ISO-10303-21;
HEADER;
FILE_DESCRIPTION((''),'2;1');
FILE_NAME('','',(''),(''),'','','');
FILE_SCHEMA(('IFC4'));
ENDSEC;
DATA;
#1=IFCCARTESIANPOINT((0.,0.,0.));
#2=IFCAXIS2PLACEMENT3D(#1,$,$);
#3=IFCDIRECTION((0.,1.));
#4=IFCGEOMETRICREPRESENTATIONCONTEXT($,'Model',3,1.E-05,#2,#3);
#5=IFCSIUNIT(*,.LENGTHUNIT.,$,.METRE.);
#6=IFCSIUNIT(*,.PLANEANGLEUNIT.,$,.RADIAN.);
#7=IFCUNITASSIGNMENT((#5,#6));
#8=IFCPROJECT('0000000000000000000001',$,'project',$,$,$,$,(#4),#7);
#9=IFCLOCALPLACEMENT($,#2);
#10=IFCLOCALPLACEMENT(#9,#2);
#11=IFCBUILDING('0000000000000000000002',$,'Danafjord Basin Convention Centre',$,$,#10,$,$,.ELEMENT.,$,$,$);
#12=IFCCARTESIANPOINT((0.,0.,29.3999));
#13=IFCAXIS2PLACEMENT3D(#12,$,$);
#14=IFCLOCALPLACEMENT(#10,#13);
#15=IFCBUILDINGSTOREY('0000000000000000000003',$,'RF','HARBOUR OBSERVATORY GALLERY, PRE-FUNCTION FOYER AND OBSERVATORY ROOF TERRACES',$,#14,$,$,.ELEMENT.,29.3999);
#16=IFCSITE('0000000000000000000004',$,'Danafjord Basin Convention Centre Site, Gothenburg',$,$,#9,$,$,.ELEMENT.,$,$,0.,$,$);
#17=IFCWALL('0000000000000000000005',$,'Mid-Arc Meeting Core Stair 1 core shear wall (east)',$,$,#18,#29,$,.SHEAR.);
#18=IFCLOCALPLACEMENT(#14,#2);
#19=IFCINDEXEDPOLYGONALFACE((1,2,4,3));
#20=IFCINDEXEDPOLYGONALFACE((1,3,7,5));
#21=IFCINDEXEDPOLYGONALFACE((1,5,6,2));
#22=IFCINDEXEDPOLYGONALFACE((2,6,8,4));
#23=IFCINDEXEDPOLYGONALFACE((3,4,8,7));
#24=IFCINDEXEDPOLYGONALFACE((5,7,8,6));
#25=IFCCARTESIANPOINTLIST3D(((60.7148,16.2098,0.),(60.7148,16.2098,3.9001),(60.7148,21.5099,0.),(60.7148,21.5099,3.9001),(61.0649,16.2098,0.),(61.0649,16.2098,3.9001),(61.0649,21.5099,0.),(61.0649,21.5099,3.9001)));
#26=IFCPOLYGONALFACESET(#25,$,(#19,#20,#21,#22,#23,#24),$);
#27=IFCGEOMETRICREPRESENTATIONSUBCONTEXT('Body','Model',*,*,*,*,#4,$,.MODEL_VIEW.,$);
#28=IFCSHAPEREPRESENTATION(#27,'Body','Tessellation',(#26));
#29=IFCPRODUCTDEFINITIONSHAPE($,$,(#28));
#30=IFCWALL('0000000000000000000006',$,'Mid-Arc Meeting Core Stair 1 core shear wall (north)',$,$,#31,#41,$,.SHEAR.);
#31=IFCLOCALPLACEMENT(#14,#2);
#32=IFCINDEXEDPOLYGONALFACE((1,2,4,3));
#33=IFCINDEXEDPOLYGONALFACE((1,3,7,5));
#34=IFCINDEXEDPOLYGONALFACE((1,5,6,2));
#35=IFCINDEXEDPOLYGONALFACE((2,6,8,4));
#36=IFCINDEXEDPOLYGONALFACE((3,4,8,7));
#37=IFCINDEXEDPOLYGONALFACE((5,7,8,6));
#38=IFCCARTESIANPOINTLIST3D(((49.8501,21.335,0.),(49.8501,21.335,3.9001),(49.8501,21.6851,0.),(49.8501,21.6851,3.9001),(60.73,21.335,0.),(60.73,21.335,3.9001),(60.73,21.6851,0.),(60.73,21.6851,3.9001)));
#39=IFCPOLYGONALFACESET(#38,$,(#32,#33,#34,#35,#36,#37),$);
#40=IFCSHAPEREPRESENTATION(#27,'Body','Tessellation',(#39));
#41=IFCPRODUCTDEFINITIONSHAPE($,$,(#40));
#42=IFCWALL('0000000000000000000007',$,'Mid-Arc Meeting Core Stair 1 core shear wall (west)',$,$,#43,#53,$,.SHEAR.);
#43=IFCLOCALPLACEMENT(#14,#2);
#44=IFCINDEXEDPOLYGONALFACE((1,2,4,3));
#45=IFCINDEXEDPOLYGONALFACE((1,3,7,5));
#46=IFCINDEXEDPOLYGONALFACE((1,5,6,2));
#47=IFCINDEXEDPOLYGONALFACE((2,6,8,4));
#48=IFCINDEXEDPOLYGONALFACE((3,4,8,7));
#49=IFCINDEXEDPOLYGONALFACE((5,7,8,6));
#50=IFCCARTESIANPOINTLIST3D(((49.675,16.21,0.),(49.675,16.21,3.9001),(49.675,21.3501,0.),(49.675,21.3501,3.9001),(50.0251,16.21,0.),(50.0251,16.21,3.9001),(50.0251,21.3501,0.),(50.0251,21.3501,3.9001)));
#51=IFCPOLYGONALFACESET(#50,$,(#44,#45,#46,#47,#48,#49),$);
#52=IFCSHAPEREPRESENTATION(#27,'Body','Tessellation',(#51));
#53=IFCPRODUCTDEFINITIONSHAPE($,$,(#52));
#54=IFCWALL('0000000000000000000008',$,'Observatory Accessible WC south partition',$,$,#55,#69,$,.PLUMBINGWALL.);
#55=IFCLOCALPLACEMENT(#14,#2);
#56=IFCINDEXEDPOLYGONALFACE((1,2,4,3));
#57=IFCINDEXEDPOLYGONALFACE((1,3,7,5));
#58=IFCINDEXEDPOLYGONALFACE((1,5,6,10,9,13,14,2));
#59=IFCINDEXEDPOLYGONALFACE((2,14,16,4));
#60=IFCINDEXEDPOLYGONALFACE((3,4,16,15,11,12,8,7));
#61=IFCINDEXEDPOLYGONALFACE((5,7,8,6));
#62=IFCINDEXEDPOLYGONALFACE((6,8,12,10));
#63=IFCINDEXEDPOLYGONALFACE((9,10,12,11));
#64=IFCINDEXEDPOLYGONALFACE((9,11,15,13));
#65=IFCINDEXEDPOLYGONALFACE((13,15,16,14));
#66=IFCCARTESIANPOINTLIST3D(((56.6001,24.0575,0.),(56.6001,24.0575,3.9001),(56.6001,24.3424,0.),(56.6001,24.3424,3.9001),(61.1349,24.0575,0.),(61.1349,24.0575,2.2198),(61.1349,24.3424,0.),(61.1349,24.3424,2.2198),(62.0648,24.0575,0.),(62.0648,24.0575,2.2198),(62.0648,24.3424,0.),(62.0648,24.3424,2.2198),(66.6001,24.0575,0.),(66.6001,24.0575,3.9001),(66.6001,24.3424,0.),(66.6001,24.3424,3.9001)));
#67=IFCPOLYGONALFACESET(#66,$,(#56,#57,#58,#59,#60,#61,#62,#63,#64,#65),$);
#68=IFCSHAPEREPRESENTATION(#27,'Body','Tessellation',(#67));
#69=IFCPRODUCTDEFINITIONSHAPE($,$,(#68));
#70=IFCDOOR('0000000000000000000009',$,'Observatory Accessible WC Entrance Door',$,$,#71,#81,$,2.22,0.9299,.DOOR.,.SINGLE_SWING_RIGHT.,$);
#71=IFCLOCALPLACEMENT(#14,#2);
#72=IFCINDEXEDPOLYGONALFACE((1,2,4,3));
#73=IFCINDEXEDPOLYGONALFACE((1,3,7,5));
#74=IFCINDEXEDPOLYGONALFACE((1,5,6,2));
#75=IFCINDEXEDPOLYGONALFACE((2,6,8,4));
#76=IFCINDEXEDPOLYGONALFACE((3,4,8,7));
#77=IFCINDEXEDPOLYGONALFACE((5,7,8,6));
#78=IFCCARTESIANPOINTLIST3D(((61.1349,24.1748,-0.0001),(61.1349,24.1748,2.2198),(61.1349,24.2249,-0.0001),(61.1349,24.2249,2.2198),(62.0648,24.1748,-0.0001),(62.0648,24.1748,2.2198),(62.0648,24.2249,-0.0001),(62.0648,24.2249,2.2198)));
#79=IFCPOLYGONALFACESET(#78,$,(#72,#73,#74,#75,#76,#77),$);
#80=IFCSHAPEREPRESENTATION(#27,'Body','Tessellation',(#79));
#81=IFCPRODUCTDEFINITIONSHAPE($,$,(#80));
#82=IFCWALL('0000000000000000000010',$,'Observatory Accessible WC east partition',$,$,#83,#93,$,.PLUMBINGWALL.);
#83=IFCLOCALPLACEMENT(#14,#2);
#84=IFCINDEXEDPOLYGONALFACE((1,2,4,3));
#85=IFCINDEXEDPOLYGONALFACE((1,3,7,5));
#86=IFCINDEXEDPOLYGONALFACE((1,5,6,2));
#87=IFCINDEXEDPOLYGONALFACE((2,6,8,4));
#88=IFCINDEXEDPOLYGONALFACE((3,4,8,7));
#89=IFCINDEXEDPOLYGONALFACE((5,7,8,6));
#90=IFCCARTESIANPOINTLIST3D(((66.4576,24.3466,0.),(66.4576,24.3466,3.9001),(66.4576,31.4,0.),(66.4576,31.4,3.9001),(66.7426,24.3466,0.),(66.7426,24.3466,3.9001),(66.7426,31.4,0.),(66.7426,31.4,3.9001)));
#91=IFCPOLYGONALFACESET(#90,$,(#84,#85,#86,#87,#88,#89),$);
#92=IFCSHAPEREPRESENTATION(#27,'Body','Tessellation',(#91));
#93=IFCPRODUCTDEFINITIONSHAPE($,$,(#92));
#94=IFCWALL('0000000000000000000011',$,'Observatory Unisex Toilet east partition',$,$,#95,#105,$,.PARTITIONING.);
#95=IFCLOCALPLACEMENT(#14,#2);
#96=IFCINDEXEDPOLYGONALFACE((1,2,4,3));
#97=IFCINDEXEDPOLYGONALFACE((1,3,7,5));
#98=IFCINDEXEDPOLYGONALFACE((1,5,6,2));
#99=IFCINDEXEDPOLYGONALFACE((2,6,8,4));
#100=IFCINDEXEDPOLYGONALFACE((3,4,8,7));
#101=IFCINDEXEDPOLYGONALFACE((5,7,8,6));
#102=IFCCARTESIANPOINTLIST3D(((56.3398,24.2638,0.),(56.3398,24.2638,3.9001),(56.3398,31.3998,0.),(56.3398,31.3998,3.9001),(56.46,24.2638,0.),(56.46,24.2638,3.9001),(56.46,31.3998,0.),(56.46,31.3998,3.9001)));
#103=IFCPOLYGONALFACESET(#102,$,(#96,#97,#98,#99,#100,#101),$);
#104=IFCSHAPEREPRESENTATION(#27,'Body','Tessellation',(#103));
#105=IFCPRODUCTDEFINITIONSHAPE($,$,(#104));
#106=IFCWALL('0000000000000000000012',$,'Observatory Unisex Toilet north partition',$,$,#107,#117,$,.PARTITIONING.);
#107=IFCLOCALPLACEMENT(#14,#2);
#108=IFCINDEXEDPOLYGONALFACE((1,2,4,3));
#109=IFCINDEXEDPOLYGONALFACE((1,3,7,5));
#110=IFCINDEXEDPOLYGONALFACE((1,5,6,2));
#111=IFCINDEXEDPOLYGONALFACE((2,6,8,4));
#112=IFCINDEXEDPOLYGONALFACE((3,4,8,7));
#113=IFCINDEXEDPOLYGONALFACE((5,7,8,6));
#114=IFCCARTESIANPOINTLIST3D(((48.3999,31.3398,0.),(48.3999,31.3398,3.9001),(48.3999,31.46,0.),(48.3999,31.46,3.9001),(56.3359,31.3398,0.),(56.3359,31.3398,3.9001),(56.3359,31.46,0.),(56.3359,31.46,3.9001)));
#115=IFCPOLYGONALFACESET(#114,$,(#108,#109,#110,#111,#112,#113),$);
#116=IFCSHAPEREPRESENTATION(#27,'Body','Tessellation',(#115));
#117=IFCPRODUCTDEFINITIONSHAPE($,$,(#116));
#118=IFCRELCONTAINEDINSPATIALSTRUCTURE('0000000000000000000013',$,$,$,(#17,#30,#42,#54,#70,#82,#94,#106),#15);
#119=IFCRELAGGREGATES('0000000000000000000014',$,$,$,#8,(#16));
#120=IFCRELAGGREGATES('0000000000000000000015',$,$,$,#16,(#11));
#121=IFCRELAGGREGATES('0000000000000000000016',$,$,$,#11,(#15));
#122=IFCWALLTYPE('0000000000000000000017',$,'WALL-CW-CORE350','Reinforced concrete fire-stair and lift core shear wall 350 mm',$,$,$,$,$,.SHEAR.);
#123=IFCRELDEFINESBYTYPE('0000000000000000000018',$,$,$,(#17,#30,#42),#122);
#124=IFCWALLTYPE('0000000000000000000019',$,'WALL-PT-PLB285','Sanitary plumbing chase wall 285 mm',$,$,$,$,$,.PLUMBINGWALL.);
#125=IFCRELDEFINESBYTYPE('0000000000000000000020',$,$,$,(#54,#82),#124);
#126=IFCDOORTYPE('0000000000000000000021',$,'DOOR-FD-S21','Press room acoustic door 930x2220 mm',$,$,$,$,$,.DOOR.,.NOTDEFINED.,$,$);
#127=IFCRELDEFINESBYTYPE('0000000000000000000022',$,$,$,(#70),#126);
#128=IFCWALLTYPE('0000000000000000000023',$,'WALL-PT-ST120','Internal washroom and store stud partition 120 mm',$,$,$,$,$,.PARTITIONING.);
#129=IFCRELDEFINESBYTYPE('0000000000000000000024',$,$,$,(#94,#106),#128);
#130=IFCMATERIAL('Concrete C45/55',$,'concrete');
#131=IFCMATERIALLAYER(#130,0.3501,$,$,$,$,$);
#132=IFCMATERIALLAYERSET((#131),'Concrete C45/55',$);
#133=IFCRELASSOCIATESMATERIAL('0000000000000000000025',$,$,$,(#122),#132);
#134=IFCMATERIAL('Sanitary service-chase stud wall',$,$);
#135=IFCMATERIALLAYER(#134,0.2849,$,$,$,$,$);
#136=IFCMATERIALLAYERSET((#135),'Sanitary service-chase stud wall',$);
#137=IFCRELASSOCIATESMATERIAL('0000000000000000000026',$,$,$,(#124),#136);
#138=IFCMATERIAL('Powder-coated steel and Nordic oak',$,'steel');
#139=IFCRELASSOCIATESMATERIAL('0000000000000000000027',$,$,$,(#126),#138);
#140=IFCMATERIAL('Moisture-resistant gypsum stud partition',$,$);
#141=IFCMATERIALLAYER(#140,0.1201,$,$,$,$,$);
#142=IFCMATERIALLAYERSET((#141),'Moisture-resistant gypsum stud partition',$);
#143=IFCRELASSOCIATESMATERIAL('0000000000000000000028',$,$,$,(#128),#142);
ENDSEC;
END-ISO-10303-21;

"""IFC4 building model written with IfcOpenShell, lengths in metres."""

from ifc_helpers import new_model, si_unit, direction, frame, frame_2d, origin, place, context, subcontext, project, spatial, rectangle, extrude, material, layer, layer_set, type_object, element, fill, save


model = new_model("IFC4")

# Units and contexts
model_context = context("Model", 3, precision=1e-05, world=origin(), true_north=direction((0.0, 1.0)))
body_context = subcontext(model_context, "Body", "Model", "MODEL_VIEW")
ifc_project = project(units=[si_unit("LENGTHUNIT", "METRE"), si_unit("PLANEANGLEUNIT", "RADIAN")], contexts=[model_context])

# Site, building, storey
site_placement = place(None, origin())
site = spatial("IfcSite", under=ifc_project, at=site_placement, Name="Danafjord Basin Convention Centre Site, Gothenburg", CompositionType="ELEMENT", RefElevation=0.0)
building_placement = place(site_placement, origin())
building = spatial("IfcBuilding", under=site, at=building_placement, Name="Danafjord Basin Convention Centre", CompositionType="ELEMENT")
storey_placement = place(building_placement, frame((0.0, 0.0, 29.3999)))
storey = spatial("IfcBuildingStorey", under=building, at=storey_placement, Name="RF", Description="HARBOUR OBSERVATORY GALLERY, PRE-FUNCTION FOYER AND OBSERVATORY ROOF TERRACES", CompositionType="ELEMENT", Elevation=29.3999)

# Shared definitions
ifc_material_1 = material(Name="Concrete C45/55", Category="concrete")
ifc_layer_1 = layer(ifc_material_1, 0.3501)
ifc_layer_set_1 = layer_set([ifc_layer_1], Name="Concrete C45/55")
wall_type_1 = type_object("IfcWallType", Name="WALL-CW-CORE350", Description="Reinforced concrete fire-stair and lift core shear wall 350 mm", PredefinedType="SHEAR", material=ifc_layer_set_1)
ifc_material_2 = material(Name="Powder-coated steel and Nordic oak", Category="steel")

# Walls
wall_1_placement = place(storey_placement, frame((60.8899, 16.21, 0.0), z_axis=(0.0, 0.0, 1.0), x_axis=(0.0, 1.0, 0.0)))
element("IfcWall", 1, at=wall_1_placement, inside=storey, type_object=wall_type_1, Name="Mid-Arc Meeting Core Stair 1 core shear wall (east)", PredefinedType="SHEAR", context=body_context, shape_type="SweptSolid", body=[
    extrude(rectangle(XDim=5.3, YDim=0.3501, at=frame_2d((2.6499, 0.0))), origin(), (0.0, 0.0, 1.0), 3.9001),
])
wall_2_placement = place(storey_placement, frame((60.73, 21.51, 0.0), z_axis=(0.0, 0.0, 1.0), x_axis=(-1.0, 0.0, 0.0)))
element("IfcWall", 2, at=wall_2_placement, inside=storey, type_object=wall_type_1, Name="Mid-Arc Meeting Core Stair 1 core shear wall (north)", PredefinedType="SHEAR", context=body_context, shape_type="SweptSolid", body=[
    extrude(rectangle(XDim=10.8799, YDim=0.3501, at=frame_2d((5.4399, 0.0))), origin(), (0.0, 0.0, 1.0), 3.9001),
])
wall_3_placement = place(storey_placement, frame((49.8501, 21.3501, 0.0), z_axis=(0.0, 0.0, 1.0), x_axis=(0.0, -1.0, 0.0)))
element("IfcWall", 3, at=wall_3_placement, inside=storey, type_object=wall_type_1, Name="Mid-Arc Meeting Core Stair 1 core shear wall (west)", PredefinedType="SHEAR", context=body_context, shape_type="SweptSolid", body=[
    extrude(rectangle(XDim=5.1401, YDim=0.3501, at=frame_2d((2.5701, 0.0))), origin(), (0.0, 0.0, 1.0), 3.9001),
])

# Wall, opening, door
ifc_material_3 = material(Name="Sanitary service-chase stud wall")
ifc_layer_2 = layer(ifc_material_3, 0.2849)
ifc_layer_set_2 = layer_set([ifc_layer_2], Name="Sanitary service-chase stud wall")
wall_type_2 = type_object("IfcWallType", Name="WALL-PT-PLB285", Description="Sanitary plumbing chase wall 285 mm", PredefinedType="PLUMBINGWALL", material=ifc_layer_set_2)
wall_4_placement = place(storey_placement, frame((56.6001, 24.2, 0.0), z_axis=(0.0, 0.0, 1.0), x_axis=(1.0, 0.0, 0.0)))
wall_4 = element("IfcWall", 4, at=wall_4_placement, inside=storey, type_object=wall_type_2, Name="Observatory Accessible WC south partition", PredefinedType="PLUMBINGWALL", context=body_context, shape_type="SweptSolid", body=[
    extrude(rectangle(XDim=10.0, YDim=0.2849, at=frame_2d((5.0, 0.0))), origin(), (0.0, 0.0, 1.0), 3.9001),
])
opening_1_placement = place(wall_4_placement, frame((4.5349, 0.0, 0.0)))
opening_1 = element("IfcOpeningElement", 5, at=opening_1_placement, cuts=wall_4, PredefinedType="OPENING", context=body_context, shape_type="SweptSolid", body=[
    extrude(rectangle(XDim=0.9299, YDim=2.22, at=frame_2d((0.4648, 1.1099))), frame((0.0, 0.1523, 0.0), z_axis=(0.0, -1.0, 0.0), x_axis=(1.0, 0.0, 0.0)), (0.0, 0.0, 1.0), 0.3049),
])
door_type_1 = type_object("IfcDoorType", Name="DOOR-FD-S21", Description="Press room acoustic door 930x2220 mm", OperationType="NOTDEFINED", PredefinedType="DOOR", material=ifc_material_2)
door_1_placement = place(opening_1_placement, origin())
door_1 = element("IfcDoor", 6, at=door_1_placement, inside=storey, type_object=door_type_1, Name="Observatory Accessible WC Entrance Door", OperationType="SINGLE_SWING_RIGHT", OverallHeight=2.22, OverallWidth=0.9299, PredefinedType="DOOR", context=body_context, shape_type="SweptSolid", body=[
    extrude(rectangle(XDim=0.9299, YDim=2.22, at=frame_2d((0.4648, 1.1099))), frame((0.0, 0.0249, 0.0), z_axis=(0.0, -1.0, 0.0), x_axis=(1.0, 0.0, 0.0)), (0.0, 0.0, 1.0), 0.05),
])
fill(opening_1, door_1)

# Walls
wall_5_placement = place(storey_placement, frame((66.6001, 24.3464, 0.0), z_axis=(0.0, 0.0, 1.0), x_axis=(0.0, 1.0, 0.0)))
element("IfcWall", 7, at=wall_5_placement, inside=storey, type_object=wall_type_2, Name="Observatory Accessible WC east partition", PredefinedType="PLUMBINGWALL", context=body_context, shape_type="SweptSolid", body=[
    extrude(rectangle(XDim=7.0535, YDim=0.2849, at=frame_2d((3.5269, 0.0))), origin(), (0.0, 0.0, 1.0), 3.9001),
])
ifc_material_4 = material(Name="Moisture-resistant gypsum stud partition")
ifc_layer_3 = layer(ifc_material_4, 0.1201)
ifc_layer_set_3 = layer_set([ifc_layer_3], Name="Moisture-resistant gypsum stud partition")
wall_type_3 = type_object("IfcWallType", Name="WALL-PT-ST120", Description="Internal washroom and store stud partition 120 mm", PredefinedType="PARTITIONING", material=ifc_layer_set_3)
wall_6_placement = place(storey_placement, frame((56.3999, 24.2639, 0.0), z_axis=(0.0, 0.0, 1.0), x_axis=(0.0, 1.0, 0.0)))
element("IfcWall", 8, at=wall_6_placement, inside=storey, type_object=wall_type_3, Name="Observatory Unisex Toilet east partition", PredefinedType="PARTITIONING", context=body_context, shape_type="SweptSolid", body=[
    extrude(rectangle(XDim=7.136, YDim=0.1201, at=frame_2d((3.5679, 0.0))), origin(), (0.0, 0.0, 1.0), 3.9001),
])
wall_7_placement = place(storey_placement, frame((56.3359, 31.3999, 0.0), z_axis=(0.0, 0.0, 1.0), x_axis=(-1.0, 0.0, 0.0)))
element("IfcWall", 9, at=wall_7_placement, inside=storey, type_object=wall_type_3, Name="Observatory Unisex Toilet north partition", PredefinedType="PARTITIONING", context=body_context, shape_type="SweptSolid", body=[
    extrude(rectangle(XDim=7.936, YDim=0.1201, at=frame_2d((3.968, 0.0))), origin(), (0.0, 0.0, 1.0), 3.9001),
])

save(model, "model.ifc")
